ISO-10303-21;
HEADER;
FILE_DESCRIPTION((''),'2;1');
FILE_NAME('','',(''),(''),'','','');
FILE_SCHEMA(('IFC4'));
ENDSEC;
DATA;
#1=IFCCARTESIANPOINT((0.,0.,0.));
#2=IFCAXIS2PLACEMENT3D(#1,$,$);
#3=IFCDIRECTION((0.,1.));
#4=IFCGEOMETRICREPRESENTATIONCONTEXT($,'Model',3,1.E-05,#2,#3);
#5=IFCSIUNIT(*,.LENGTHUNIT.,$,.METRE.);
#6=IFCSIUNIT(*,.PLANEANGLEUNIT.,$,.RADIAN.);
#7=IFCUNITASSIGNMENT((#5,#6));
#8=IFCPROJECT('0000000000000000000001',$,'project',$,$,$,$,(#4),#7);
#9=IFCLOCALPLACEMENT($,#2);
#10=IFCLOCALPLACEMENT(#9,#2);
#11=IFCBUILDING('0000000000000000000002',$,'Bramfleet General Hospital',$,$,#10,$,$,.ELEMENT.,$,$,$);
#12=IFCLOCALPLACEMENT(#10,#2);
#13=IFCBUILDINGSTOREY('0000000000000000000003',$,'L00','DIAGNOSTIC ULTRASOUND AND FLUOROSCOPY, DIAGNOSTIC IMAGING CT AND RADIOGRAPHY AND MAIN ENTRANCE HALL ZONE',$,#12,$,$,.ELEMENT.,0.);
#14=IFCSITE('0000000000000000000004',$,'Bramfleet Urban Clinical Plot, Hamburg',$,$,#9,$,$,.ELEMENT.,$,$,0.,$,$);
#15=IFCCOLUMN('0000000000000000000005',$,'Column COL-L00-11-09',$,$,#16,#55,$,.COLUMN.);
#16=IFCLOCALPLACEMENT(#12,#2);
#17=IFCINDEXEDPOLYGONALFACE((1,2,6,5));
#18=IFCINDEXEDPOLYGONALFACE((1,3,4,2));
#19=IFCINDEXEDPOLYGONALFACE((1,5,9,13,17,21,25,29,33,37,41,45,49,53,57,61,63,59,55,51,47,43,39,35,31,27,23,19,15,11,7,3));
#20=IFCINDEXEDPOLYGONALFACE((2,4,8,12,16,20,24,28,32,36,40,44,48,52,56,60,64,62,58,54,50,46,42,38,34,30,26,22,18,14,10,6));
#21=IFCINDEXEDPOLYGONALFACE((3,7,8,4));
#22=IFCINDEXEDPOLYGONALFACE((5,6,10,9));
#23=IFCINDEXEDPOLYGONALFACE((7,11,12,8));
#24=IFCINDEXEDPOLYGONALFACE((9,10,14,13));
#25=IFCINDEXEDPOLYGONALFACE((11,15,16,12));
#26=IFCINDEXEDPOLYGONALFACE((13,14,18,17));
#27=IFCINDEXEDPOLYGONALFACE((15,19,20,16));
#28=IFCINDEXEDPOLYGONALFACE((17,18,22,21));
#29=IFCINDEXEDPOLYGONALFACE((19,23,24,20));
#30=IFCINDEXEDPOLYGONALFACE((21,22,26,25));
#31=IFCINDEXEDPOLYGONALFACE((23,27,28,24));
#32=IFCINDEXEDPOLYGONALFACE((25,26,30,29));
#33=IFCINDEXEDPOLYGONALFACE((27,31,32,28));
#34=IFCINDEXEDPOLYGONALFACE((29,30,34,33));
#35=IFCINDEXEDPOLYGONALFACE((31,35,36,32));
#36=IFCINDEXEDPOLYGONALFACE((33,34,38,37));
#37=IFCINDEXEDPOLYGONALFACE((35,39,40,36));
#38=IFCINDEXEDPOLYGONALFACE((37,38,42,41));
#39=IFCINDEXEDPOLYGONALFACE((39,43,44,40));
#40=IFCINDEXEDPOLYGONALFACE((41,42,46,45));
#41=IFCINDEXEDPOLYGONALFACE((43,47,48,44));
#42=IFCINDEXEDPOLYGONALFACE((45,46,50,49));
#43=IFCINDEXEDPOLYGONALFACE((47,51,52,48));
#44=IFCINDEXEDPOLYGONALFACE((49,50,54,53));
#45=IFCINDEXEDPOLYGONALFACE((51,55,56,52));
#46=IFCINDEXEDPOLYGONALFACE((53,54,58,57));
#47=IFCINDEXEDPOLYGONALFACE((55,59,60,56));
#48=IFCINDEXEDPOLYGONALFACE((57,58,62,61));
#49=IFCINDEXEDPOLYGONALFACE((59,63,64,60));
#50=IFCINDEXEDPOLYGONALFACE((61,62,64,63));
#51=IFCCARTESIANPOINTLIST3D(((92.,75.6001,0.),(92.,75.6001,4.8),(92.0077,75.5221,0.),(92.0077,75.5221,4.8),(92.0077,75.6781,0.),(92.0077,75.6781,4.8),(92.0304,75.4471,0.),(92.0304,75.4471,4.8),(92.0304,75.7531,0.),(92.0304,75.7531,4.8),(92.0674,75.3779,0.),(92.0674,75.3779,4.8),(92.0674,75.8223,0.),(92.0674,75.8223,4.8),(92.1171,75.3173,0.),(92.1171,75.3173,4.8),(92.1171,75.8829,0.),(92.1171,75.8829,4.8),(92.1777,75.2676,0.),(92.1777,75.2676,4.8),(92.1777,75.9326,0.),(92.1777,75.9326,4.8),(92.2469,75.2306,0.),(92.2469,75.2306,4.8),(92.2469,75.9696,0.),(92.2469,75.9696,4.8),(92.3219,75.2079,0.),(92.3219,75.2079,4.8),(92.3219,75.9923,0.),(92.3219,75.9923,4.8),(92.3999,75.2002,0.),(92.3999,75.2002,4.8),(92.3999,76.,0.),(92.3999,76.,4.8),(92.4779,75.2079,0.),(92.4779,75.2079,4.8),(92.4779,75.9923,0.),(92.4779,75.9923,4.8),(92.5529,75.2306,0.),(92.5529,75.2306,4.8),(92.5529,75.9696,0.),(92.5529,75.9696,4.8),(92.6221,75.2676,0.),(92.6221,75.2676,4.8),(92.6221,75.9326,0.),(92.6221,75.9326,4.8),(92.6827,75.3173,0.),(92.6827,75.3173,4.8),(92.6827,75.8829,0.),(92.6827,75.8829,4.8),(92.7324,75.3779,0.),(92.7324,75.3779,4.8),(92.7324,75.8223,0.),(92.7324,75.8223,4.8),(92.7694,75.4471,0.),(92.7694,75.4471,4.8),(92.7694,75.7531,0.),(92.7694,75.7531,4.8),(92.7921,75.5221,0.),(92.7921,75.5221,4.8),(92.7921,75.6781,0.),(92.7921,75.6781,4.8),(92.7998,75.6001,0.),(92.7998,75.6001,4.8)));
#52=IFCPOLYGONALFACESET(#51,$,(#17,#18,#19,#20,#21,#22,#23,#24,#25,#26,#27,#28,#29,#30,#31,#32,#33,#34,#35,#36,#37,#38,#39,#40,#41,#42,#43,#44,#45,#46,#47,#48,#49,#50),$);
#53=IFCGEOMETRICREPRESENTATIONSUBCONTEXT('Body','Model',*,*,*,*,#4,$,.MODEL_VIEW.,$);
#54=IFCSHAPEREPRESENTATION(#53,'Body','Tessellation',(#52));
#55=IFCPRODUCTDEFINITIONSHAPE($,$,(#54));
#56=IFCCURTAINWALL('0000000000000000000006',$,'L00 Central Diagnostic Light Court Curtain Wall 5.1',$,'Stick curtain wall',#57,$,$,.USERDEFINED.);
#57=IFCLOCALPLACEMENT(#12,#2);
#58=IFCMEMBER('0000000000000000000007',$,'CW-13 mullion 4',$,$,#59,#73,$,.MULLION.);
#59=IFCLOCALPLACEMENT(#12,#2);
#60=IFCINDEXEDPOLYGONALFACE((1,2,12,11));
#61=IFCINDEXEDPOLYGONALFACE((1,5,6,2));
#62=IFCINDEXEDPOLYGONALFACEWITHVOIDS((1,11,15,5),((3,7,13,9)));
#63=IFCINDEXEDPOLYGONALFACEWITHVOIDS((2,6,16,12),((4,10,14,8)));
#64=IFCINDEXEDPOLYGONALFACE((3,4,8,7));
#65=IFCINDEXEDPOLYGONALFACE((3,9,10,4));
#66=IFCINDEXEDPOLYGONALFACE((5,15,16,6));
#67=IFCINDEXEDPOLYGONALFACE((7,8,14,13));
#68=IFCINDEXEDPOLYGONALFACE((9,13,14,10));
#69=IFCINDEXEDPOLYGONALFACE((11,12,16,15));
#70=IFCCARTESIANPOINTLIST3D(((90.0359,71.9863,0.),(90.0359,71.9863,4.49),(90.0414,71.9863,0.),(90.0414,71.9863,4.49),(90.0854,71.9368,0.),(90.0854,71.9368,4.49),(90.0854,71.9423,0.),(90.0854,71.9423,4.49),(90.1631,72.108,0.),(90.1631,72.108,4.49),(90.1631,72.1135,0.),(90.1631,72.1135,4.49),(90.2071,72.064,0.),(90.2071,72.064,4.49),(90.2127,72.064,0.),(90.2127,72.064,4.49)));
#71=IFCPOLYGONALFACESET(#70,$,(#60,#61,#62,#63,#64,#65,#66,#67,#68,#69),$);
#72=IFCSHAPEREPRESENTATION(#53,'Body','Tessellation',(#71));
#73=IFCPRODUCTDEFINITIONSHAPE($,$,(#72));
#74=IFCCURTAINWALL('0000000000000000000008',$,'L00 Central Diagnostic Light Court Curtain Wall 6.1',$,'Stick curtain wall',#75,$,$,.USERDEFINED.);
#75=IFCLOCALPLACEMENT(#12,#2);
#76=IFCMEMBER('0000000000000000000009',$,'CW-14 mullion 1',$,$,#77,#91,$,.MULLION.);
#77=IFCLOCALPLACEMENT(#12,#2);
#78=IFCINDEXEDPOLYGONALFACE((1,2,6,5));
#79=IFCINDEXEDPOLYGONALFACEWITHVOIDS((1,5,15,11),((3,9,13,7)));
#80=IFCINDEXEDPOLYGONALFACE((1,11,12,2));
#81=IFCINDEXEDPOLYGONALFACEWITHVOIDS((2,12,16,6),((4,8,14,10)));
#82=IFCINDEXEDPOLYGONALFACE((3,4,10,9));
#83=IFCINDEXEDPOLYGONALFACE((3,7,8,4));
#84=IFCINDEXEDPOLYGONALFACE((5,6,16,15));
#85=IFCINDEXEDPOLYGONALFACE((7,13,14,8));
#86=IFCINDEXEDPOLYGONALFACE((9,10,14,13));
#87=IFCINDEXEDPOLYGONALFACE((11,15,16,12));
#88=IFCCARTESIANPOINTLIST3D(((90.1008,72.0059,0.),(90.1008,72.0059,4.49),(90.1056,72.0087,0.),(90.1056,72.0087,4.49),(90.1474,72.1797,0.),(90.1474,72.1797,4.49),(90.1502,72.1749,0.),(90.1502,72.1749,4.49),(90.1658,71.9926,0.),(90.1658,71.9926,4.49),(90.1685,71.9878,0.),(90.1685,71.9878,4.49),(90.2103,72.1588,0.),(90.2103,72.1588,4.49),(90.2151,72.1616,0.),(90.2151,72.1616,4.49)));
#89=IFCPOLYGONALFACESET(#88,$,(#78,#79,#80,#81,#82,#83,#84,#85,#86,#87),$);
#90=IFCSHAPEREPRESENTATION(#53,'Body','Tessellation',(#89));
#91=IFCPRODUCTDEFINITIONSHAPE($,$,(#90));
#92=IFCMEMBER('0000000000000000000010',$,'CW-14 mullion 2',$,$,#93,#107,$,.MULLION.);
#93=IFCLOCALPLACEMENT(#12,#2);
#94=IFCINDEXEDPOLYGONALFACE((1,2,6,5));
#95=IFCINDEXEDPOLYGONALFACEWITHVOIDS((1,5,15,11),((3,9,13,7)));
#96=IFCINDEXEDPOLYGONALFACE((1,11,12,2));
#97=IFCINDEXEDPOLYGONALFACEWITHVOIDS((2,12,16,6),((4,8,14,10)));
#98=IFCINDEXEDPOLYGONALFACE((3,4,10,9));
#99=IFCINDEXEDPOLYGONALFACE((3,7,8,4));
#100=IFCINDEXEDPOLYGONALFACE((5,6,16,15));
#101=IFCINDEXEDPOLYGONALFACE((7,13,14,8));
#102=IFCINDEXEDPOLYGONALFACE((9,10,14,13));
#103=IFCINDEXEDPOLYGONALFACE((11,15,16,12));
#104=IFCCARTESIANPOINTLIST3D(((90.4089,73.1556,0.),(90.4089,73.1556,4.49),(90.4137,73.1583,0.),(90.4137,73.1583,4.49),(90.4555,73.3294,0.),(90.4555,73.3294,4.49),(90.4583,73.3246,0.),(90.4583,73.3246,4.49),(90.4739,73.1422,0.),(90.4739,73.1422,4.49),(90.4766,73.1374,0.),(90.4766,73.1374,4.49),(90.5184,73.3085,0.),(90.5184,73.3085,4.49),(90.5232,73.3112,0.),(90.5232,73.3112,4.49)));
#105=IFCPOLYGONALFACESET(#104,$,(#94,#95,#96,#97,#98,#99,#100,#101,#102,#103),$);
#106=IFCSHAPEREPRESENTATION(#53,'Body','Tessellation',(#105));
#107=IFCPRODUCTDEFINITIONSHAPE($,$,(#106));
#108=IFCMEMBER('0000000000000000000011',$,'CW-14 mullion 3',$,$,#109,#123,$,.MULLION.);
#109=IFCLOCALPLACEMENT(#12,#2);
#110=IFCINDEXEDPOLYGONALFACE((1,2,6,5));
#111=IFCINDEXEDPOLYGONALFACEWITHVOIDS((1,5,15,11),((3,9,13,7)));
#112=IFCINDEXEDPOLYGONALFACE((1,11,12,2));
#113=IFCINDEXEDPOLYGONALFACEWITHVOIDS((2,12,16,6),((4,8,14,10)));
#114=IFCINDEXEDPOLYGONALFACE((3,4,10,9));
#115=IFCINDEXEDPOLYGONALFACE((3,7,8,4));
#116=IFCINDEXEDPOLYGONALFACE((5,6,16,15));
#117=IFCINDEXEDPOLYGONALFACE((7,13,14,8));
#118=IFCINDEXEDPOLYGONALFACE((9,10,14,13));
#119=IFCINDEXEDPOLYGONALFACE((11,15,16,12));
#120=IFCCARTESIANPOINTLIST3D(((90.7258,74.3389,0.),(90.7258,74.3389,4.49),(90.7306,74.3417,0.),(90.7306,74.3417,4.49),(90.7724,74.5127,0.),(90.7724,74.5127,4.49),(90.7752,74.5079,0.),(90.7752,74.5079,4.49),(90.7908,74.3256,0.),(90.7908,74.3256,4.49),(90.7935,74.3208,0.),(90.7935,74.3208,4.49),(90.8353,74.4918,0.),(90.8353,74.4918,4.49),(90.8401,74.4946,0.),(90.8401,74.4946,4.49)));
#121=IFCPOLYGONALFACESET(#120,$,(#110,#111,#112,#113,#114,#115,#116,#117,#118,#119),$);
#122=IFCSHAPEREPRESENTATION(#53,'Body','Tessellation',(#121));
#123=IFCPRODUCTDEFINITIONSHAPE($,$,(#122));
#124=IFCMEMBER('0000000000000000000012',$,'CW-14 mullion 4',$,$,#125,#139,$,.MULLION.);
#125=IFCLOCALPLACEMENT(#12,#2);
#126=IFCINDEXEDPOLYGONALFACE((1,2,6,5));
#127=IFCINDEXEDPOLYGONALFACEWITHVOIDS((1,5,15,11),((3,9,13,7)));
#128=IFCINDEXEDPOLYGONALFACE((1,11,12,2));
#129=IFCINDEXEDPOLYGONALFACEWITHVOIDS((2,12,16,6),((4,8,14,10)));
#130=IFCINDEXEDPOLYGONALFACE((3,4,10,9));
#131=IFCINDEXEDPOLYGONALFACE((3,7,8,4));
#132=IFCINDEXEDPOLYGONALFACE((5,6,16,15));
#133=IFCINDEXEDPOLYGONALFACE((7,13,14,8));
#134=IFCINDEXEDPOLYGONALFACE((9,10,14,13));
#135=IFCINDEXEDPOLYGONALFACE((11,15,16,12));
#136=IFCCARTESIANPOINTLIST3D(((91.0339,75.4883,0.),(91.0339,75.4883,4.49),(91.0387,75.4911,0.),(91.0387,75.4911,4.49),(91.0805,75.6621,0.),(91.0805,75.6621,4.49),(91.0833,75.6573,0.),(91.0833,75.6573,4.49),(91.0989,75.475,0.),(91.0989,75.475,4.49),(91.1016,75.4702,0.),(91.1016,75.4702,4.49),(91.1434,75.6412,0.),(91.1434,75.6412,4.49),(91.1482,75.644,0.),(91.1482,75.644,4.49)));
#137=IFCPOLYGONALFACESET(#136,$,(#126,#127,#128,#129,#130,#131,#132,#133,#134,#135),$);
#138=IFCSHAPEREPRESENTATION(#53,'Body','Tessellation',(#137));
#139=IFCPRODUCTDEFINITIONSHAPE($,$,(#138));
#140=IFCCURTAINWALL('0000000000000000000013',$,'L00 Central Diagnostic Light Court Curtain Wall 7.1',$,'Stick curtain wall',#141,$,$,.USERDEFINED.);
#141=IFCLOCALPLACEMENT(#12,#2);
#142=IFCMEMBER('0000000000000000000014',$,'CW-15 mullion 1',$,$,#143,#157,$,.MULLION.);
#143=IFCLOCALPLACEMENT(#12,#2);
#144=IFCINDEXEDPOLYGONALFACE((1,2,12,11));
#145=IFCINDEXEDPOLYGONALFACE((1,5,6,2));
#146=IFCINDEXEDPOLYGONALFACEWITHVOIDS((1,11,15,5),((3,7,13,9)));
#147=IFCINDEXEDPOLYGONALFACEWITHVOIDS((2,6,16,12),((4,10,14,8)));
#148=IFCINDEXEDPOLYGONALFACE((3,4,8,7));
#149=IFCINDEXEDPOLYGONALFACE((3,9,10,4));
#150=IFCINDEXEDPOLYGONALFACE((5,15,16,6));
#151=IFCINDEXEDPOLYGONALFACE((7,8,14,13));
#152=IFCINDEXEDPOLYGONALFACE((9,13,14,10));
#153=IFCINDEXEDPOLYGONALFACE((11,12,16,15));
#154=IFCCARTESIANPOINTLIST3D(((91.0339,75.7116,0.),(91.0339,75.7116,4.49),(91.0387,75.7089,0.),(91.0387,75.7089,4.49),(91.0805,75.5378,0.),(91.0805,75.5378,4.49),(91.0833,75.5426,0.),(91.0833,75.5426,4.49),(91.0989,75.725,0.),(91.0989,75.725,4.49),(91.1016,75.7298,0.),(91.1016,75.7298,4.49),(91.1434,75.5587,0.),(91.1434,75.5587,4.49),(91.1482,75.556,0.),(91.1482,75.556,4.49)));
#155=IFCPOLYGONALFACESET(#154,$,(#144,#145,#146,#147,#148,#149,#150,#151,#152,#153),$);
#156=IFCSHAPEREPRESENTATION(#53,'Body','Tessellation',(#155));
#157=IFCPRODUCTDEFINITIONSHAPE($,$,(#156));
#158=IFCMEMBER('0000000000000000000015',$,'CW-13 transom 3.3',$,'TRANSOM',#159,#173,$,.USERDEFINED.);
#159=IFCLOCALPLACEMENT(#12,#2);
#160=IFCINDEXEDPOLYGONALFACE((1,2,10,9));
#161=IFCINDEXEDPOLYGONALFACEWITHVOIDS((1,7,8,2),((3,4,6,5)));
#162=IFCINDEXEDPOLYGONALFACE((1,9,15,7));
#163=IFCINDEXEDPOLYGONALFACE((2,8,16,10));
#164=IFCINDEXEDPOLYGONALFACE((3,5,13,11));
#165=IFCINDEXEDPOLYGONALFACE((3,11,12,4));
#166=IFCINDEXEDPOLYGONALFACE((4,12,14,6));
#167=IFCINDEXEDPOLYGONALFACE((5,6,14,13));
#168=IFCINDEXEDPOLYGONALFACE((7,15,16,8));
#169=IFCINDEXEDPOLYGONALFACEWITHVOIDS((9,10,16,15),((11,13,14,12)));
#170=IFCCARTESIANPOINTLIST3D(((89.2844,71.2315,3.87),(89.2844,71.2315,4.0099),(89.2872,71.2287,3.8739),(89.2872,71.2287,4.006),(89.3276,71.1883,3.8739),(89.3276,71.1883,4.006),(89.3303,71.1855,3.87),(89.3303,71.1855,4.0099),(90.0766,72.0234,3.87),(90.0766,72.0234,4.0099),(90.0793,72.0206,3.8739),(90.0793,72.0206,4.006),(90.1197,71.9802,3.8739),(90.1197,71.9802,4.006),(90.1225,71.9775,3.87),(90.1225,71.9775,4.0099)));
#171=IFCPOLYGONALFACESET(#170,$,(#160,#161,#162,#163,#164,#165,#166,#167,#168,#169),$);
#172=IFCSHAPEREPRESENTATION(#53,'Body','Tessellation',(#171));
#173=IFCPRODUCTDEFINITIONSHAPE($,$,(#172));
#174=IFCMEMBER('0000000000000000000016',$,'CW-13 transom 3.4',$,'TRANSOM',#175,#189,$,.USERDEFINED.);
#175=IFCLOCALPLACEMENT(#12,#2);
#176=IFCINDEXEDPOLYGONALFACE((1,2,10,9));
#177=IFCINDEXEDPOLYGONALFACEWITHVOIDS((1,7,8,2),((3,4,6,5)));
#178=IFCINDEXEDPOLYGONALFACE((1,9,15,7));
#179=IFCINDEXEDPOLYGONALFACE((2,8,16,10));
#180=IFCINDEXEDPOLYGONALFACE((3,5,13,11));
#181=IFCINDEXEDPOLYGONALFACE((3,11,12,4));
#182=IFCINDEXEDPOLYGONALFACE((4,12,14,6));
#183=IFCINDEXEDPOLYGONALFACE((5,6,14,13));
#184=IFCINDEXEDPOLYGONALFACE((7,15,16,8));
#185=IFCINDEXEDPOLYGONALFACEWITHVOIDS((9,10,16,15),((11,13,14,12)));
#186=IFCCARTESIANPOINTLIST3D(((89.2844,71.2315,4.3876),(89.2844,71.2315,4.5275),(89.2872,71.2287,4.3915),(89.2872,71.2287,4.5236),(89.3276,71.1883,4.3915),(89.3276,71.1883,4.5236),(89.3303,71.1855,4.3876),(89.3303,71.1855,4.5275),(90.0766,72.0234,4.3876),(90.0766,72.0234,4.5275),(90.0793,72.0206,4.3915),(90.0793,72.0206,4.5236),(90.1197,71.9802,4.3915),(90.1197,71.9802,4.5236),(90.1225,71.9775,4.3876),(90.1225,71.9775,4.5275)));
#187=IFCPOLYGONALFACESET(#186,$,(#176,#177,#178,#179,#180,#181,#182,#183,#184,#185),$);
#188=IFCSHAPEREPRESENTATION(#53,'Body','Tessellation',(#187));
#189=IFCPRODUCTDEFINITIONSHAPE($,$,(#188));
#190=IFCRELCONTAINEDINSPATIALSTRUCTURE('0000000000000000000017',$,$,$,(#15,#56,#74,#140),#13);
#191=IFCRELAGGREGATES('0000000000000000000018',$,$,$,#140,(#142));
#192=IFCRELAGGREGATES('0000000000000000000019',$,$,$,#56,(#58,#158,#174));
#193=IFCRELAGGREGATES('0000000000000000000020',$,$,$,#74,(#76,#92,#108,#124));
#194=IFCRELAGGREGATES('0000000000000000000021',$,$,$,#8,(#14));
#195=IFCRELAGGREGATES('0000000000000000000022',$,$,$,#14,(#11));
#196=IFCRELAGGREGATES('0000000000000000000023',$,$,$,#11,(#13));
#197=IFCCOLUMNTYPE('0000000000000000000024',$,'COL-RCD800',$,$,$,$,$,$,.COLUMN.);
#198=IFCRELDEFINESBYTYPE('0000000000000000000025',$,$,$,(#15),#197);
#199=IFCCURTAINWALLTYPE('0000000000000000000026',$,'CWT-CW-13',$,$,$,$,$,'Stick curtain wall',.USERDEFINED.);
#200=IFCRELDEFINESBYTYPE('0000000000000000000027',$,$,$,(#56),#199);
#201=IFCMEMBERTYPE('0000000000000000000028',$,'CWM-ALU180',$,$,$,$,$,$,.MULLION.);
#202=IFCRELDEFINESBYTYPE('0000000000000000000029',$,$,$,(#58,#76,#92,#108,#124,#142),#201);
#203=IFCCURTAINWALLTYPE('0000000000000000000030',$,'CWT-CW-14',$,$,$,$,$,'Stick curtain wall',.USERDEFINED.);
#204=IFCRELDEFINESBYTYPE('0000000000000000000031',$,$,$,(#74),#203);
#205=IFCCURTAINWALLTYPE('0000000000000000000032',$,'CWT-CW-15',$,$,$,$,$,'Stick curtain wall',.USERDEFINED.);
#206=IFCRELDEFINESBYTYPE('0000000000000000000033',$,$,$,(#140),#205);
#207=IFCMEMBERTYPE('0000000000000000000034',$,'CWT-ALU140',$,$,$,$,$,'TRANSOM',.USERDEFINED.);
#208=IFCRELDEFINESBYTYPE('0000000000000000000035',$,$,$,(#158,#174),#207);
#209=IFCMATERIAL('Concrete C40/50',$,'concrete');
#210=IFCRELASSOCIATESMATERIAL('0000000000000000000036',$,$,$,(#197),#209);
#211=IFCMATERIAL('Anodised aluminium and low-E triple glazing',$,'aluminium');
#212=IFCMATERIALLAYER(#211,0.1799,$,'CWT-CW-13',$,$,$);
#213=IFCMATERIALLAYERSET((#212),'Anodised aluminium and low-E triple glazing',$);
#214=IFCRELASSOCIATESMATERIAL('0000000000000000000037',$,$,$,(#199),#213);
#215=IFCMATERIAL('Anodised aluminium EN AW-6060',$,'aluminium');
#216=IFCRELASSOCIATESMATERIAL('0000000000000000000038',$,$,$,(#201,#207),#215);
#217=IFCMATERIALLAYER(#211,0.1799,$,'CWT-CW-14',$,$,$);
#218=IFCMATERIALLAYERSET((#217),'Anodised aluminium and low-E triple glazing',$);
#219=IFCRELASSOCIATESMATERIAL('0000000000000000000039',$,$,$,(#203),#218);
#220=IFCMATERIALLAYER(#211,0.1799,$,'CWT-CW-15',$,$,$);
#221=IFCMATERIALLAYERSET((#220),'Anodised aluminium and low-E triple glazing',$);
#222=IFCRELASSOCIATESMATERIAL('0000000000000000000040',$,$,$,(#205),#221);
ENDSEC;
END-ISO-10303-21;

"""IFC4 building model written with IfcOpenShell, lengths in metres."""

from ifc_helpers import new_model, si_unit, direction, frame, origin, origin_2d, place, context, subcontext, project, spatial, hollow_rectangle, circle, extrude, material, layer, layer_set, material_profile, profile_set, type_object, element, aggregate, save


model = new_model("IFC4")

# Units and contexts
model_context = context("Model", 3, precision=1e-05, world=origin(), true_north=direction((0.0, 1.0)))
body_context = subcontext(model_context, "Body", "Model", "MODEL_VIEW")
ifc_project = project(units=[si_unit("LENGTHUNIT", "METRE"), si_unit("PLANEANGLEUNIT", "RADIAN")], contexts=[model_context])

# Site, building, storey
site_placement = place(None, origin())
site = spatial("IfcSite", under=ifc_project, at=site_placement, Name="Bramfleet Urban Clinical Plot, Hamburg", CompositionType="ELEMENT", RefElevation=0.0)
building_placement = place(site_placement, origin())
building = spatial("IfcBuilding", under=site, at=building_placement, Name="Bramfleet General Hospital", CompositionType="ELEMENT")
storey_placement = place(building_placement, origin())
storey = spatial("IfcBuildingStorey", under=building, at=storey_placement, Name="L00", Description="DIAGNOSTIC ULTRASOUND AND FLUOROSCOPY, DIAGNOSTIC IMAGING CT AND RADIOGRAPHY AND MAIN ENTRANCE HALL ZONE", CompositionType="ELEMENT", Elevation=0.0)

# Column
ifc_material_1 = material(Name="Concrete C40/50", Category="concrete")
ifc_material_profile_1 = material_profile(ifc_material_1, circle(Radius=0.3999, at=origin_2d()), Name="RC ROUND D800")
ifc_profile_set_1 = profile_set([ifc_material_profile_1], Name="Concrete C40/50")
column_type = type_object("IfcColumnType", Name="COL-RCD800", PredefinedType="COLUMN", material=ifc_profile_set_1)
column_placement = place(storey_placement, frame((92.3999, 75.6001, 0.0), z_axis=(0.0, 0.0, 1.0), x_axis=(1.0, 0.0, 0.0)))
element("IfcColumn", 1, at=column_placement, inside=storey, type_object=column_type, Name="Column COL-L00-11-09", PredefinedType="COLUMN", context=body_context, shape_type="SweptSolid", body=[
    extrude(circle(Radius=0.3999, at=origin_2d()), origin(), (0.0, 0.0, 1.0), 4.8),
])

# Curtain wall, member
ifc_material_2 = material(Name="Anodised aluminium and low-E triple glazing", Category="aluminium")
ifc_layer_1 = layer(ifc_material_2, 0.1799, Name="CWT-CW-13")
ifc_layer_set_1 = layer_set([ifc_layer_1], Name="Anodised aluminium and low-E triple glazing")
curtain_wall_type_1 = type_object("IfcCurtainWallType", Name="CWT-CW-13", ElementType="Stick curtain wall", PredefinedType="USERDEFINED", material=ifc_layer_set_1)
curtain_wall_1_placement = place(storey_placement, origin())
curtain_wall_1 = element("IfcCurtainWall", 2, at=curtain_wall_1_placement, inside=storey, type_object=curtain_wall_type_1, Name="L00 Central Diagnostic Light Court Curtain Wall 5.1", ObjectType="Stick curtain wall", PredefinedType="USERDEFINED")
ifc_material_3 = material(Name="Anodised aluminium EN AW-6060", Category="aluminium")
ifc_material_profile_2 = material_profile(ifc_material_3, hollow_rectangle(XDim=0.0701, YDim=0.1799, WallThickness=0.0039, at=origin_2d()), Name="ALU 180x70x4.0")
ifc_profile_set_2 = profile_set([ifc_material_profile_2], Name="Anodised aluminium EN AW-6060")
member_type_1 = type_object("IfcMemberType", Name="CWM-ALU180", PredefinedType="MULLION", material=ifc_profile_set_2)
member_1_placement = place(storey_placement, frame((90.1243, 72.0251, 0.0), z_axis=(0.0, 0.0, 1.0), x_axis=(-0.707107, 0.707107, 0.0)))
member_1 = element("IfcMember", 3, at=member_1_placement, type_object=member_type_1, Name="CW-13 mullion 4", PredefinedType="MULLION", context=body_context, shape_type="SweptSolid", body=[
    extrude(hollow_rectangle(XDim=0.0701, YDim=0.1799, WallThickness=0.0039, at=origin_2d()), origin(), (0.0, 0.0, 1.0), 4.49),
])

# Curtain wall, members
ifc_layer_2 = layer(ifc_material_2, 0.1799, Name="CWT-CW-14")
ifc_layer_set_2 = layer_set([ifc_layer_2], Name="Anodised aluminium and low-E triple glazing")
curtain_wall_type_2 = type_object("IfcCurtainWallType", Name="CWT-CW-14", ElementType="Stick curtain wall", PredefinedType="USERDEFINED", material=ifc_layer_set_2)
curtain_wall_2_placement = place(storey_placement, origin())
curtain_wall_2 = element("IfcCurtainWall", 4, at=curtain_wall_2_placement, inside=storey, type_object=curtain_wall_type_2, Name="L00 Central Diagnostic Light Court Curtain Wall 6.1", ObjectType="Stick curtain wall", PredefinedType="USERDEFINED")
member_2_placement = place(storey_placement, frame((90.158, 72.0837, 0.0), z_axis=(0.0, 0.0, 1.0), x_axis=(-0.965941, 0.258763, 0.0)))
member_2 = element("IfcMember", 5, at=member_2_placement, type_object=member_type_1, Name="CW-14 mullion 1", PredefinedType="MULLION", context=body_context, shape_type="SweptSolid", body=[
    extrude(hollow_rectangle(XDim=0.0701, YDim=0.1799, WallThickness=0.0039, at=origin_2d()), origin(), (0.0, 0.0, 1.0), 4.49),
])
member_3_placement = place(storey_placement, frame((90.4661, 73.2334, 0.0), z_axis=(0.0, 0.0, 1.0), x_axis=(-0.965941, 0.258763, 0.0)))
member_3 = element("IfcMember", 6, at=member_3_placement, type_object=member_type_1, Name="CW-14 mullion 2", PredefinedType="MULLION", context=body_context, shape_type="SweptSolid", body=[
    extrude(hollow_rectangle(XDim=0.0701, YDim=0.1799, WallThickness=0.0039, at=origin_2d()), origin(), (0.0, 0.0, 1.0), 4.49),
])
member_4_placement = place(storey_placement, frame((90.783, 74.4167, 0.0), z_axis=(0.0, 0.0, 1.0), x_axis=(-0.965941, 0.258763, 0.0)))
member_4 = element("IfcMember", 7, at=member_4_placement, type_object=member_type_1, Name="CW-14 mullion 3", PredefinedType="MULLION", context=body_context, shape_type="SweptSolid", body=[
    extrude(hollow_rectangle(XDim=0.0701, YDim=0.1799, WallThickness=0.0039, at=origin_2d()), origin(), (0.0, 0.0, 1.0), 4.49),
])
member_5_placement = place(storey_placement, frame((91.0911, 75.5662, 0.0), z_axis=(0.0, 0.0, 1.0), x_axis=(-0.965941, 0.258763, 0.0)))
member_5 = element("IfcMember", 8, at=member_5_placement, type_object=member_type_1, Name="CW-14 mullion 4", PredefinedType="MULLION", context=body_context, shape_type="SweptSolid", body=[
    extrude(hollow_rectangle(XDim=0.0701, YDim=0.1799, WallThickness=0.0039, at=origin_2d()), origin(), (0.0, 0.0, 1.0), 4.49),
])

# Curtain wall, member
ifc_layer_3 = layer(ifc_material_2, 0.1799, Name="CWT-CW-15")
ifc_layer_set_3 = layer_set([ifc_layer_3], Name="Anodised aluminium and low-E triple glazing")
curtain_wall_type_3 = type_object("IfcCurtainWallType", Name="CWT-CW-15", ElementType="Stick curtain wall", PredefinedType="USERDEFINED", material=ifc_layer_set_3)
curtain_wall_3_placement = place(storey_placement, origin())
curtain_wall_3 = element("IfcCurtainWall", 9, at=curtain_wall_3_placement, inside=storey, type_object=curtain_wall_type_3, Name="L00 Central Diagnostic Light Court Curtain Wall 7.1", ObjectType="Stick curtain wall", PredefinedType="USERDEFINED")
member_6_placement = place(storey_placement, frame((91.0911, 75.6338, 0.0), z_axis=(0.0, 0.0, 1.0), x_axis=(-0.965941, -0.258763, 0.0)))
member_6 = element("IfcMember", 10, at=member_6_placement, type_object=member_type_1, Name="CW-15 mullion 1", PredefinedType="MULLION", context=body_context, shape_type="SweptSolid", body=[
    extrude(hollow_rectangle(XDim=0.0701, YDim=0.1799, WallThickness=0.0039, at=origin_2d()), origin(), (0.0, 0.0, 1.0), 4.49),
])
aggregate(curtain_wall_3, [member_6])

# Members
ifc_material_profile_3 = material_profile(ifc_material_3, hollow_rectangle(XDim=0.0649, YDim=0.1399, WallThickness=0.0039, at=origin_2d()), Name="ALU 140x65x4.0")
ifc_profile_set_3 = profile_set([ifc_material_profile_3], Name="Anodised aluminium EN AW-6060")
member_type_2 = type_object("IfcMemberType", Name="CWT-ALU140", ElementType="TRANSOM", PredefinedType="USERDEFINED", material=ifc_profile_set_3)
member_7_placement = place(storey_placement, frame((89.3074, 71.2085, 3.9399), z_axis=(0.707216, 0.706998, 0.0), x_axis=(-0.706998, 0.707216, 0.0)))
member_7 = element("IfcMember", 11, at=member_7_placement, type_object=member_type_2, Name="CW-13 transom 3.3", ObjectType="TRANSOM", PredefinedType="USERDEFINED", context=body_context, shape_type="SweptSolid", body=[
    extrude(hollow_rectangle(XDim=0.0649, YDim=0.1399, WallThickness=0.0039, at=origin_2d()), origin(), (0.0, 0.0, 1.0), 1.1201),
])
member_8_placement = place(storey_placement, frame((89.3074, 71.2085, 4.4575), z_axis=(0.707216, 0.706998, 0.0), x_axis=(-0.706998, 0.707216, 0.0)))
member_8 = element("IfcMember", 12, at=member_8_placement, type_object=member_type_2, Name="CW-13 transom 3.4", ObjectType="TRANSOM", PredefinedType="USERDEFINED", context=body_context, shape_type="SweptSolid", body=[
    extrude(hollow_rectangle(XDim=0.0649, YDim=0.1399, WallThickness=0.0039, at=origin_2d()), origin(), (0.0, 0.0, 1.0), 1.1201),
])

aggregate(curtain_wall_1, [member_1, member_7, member_8])
aggregate(curtain_wall_2, [member_2, member_3, member_4, member_5])

save(model, "model.ifc")
